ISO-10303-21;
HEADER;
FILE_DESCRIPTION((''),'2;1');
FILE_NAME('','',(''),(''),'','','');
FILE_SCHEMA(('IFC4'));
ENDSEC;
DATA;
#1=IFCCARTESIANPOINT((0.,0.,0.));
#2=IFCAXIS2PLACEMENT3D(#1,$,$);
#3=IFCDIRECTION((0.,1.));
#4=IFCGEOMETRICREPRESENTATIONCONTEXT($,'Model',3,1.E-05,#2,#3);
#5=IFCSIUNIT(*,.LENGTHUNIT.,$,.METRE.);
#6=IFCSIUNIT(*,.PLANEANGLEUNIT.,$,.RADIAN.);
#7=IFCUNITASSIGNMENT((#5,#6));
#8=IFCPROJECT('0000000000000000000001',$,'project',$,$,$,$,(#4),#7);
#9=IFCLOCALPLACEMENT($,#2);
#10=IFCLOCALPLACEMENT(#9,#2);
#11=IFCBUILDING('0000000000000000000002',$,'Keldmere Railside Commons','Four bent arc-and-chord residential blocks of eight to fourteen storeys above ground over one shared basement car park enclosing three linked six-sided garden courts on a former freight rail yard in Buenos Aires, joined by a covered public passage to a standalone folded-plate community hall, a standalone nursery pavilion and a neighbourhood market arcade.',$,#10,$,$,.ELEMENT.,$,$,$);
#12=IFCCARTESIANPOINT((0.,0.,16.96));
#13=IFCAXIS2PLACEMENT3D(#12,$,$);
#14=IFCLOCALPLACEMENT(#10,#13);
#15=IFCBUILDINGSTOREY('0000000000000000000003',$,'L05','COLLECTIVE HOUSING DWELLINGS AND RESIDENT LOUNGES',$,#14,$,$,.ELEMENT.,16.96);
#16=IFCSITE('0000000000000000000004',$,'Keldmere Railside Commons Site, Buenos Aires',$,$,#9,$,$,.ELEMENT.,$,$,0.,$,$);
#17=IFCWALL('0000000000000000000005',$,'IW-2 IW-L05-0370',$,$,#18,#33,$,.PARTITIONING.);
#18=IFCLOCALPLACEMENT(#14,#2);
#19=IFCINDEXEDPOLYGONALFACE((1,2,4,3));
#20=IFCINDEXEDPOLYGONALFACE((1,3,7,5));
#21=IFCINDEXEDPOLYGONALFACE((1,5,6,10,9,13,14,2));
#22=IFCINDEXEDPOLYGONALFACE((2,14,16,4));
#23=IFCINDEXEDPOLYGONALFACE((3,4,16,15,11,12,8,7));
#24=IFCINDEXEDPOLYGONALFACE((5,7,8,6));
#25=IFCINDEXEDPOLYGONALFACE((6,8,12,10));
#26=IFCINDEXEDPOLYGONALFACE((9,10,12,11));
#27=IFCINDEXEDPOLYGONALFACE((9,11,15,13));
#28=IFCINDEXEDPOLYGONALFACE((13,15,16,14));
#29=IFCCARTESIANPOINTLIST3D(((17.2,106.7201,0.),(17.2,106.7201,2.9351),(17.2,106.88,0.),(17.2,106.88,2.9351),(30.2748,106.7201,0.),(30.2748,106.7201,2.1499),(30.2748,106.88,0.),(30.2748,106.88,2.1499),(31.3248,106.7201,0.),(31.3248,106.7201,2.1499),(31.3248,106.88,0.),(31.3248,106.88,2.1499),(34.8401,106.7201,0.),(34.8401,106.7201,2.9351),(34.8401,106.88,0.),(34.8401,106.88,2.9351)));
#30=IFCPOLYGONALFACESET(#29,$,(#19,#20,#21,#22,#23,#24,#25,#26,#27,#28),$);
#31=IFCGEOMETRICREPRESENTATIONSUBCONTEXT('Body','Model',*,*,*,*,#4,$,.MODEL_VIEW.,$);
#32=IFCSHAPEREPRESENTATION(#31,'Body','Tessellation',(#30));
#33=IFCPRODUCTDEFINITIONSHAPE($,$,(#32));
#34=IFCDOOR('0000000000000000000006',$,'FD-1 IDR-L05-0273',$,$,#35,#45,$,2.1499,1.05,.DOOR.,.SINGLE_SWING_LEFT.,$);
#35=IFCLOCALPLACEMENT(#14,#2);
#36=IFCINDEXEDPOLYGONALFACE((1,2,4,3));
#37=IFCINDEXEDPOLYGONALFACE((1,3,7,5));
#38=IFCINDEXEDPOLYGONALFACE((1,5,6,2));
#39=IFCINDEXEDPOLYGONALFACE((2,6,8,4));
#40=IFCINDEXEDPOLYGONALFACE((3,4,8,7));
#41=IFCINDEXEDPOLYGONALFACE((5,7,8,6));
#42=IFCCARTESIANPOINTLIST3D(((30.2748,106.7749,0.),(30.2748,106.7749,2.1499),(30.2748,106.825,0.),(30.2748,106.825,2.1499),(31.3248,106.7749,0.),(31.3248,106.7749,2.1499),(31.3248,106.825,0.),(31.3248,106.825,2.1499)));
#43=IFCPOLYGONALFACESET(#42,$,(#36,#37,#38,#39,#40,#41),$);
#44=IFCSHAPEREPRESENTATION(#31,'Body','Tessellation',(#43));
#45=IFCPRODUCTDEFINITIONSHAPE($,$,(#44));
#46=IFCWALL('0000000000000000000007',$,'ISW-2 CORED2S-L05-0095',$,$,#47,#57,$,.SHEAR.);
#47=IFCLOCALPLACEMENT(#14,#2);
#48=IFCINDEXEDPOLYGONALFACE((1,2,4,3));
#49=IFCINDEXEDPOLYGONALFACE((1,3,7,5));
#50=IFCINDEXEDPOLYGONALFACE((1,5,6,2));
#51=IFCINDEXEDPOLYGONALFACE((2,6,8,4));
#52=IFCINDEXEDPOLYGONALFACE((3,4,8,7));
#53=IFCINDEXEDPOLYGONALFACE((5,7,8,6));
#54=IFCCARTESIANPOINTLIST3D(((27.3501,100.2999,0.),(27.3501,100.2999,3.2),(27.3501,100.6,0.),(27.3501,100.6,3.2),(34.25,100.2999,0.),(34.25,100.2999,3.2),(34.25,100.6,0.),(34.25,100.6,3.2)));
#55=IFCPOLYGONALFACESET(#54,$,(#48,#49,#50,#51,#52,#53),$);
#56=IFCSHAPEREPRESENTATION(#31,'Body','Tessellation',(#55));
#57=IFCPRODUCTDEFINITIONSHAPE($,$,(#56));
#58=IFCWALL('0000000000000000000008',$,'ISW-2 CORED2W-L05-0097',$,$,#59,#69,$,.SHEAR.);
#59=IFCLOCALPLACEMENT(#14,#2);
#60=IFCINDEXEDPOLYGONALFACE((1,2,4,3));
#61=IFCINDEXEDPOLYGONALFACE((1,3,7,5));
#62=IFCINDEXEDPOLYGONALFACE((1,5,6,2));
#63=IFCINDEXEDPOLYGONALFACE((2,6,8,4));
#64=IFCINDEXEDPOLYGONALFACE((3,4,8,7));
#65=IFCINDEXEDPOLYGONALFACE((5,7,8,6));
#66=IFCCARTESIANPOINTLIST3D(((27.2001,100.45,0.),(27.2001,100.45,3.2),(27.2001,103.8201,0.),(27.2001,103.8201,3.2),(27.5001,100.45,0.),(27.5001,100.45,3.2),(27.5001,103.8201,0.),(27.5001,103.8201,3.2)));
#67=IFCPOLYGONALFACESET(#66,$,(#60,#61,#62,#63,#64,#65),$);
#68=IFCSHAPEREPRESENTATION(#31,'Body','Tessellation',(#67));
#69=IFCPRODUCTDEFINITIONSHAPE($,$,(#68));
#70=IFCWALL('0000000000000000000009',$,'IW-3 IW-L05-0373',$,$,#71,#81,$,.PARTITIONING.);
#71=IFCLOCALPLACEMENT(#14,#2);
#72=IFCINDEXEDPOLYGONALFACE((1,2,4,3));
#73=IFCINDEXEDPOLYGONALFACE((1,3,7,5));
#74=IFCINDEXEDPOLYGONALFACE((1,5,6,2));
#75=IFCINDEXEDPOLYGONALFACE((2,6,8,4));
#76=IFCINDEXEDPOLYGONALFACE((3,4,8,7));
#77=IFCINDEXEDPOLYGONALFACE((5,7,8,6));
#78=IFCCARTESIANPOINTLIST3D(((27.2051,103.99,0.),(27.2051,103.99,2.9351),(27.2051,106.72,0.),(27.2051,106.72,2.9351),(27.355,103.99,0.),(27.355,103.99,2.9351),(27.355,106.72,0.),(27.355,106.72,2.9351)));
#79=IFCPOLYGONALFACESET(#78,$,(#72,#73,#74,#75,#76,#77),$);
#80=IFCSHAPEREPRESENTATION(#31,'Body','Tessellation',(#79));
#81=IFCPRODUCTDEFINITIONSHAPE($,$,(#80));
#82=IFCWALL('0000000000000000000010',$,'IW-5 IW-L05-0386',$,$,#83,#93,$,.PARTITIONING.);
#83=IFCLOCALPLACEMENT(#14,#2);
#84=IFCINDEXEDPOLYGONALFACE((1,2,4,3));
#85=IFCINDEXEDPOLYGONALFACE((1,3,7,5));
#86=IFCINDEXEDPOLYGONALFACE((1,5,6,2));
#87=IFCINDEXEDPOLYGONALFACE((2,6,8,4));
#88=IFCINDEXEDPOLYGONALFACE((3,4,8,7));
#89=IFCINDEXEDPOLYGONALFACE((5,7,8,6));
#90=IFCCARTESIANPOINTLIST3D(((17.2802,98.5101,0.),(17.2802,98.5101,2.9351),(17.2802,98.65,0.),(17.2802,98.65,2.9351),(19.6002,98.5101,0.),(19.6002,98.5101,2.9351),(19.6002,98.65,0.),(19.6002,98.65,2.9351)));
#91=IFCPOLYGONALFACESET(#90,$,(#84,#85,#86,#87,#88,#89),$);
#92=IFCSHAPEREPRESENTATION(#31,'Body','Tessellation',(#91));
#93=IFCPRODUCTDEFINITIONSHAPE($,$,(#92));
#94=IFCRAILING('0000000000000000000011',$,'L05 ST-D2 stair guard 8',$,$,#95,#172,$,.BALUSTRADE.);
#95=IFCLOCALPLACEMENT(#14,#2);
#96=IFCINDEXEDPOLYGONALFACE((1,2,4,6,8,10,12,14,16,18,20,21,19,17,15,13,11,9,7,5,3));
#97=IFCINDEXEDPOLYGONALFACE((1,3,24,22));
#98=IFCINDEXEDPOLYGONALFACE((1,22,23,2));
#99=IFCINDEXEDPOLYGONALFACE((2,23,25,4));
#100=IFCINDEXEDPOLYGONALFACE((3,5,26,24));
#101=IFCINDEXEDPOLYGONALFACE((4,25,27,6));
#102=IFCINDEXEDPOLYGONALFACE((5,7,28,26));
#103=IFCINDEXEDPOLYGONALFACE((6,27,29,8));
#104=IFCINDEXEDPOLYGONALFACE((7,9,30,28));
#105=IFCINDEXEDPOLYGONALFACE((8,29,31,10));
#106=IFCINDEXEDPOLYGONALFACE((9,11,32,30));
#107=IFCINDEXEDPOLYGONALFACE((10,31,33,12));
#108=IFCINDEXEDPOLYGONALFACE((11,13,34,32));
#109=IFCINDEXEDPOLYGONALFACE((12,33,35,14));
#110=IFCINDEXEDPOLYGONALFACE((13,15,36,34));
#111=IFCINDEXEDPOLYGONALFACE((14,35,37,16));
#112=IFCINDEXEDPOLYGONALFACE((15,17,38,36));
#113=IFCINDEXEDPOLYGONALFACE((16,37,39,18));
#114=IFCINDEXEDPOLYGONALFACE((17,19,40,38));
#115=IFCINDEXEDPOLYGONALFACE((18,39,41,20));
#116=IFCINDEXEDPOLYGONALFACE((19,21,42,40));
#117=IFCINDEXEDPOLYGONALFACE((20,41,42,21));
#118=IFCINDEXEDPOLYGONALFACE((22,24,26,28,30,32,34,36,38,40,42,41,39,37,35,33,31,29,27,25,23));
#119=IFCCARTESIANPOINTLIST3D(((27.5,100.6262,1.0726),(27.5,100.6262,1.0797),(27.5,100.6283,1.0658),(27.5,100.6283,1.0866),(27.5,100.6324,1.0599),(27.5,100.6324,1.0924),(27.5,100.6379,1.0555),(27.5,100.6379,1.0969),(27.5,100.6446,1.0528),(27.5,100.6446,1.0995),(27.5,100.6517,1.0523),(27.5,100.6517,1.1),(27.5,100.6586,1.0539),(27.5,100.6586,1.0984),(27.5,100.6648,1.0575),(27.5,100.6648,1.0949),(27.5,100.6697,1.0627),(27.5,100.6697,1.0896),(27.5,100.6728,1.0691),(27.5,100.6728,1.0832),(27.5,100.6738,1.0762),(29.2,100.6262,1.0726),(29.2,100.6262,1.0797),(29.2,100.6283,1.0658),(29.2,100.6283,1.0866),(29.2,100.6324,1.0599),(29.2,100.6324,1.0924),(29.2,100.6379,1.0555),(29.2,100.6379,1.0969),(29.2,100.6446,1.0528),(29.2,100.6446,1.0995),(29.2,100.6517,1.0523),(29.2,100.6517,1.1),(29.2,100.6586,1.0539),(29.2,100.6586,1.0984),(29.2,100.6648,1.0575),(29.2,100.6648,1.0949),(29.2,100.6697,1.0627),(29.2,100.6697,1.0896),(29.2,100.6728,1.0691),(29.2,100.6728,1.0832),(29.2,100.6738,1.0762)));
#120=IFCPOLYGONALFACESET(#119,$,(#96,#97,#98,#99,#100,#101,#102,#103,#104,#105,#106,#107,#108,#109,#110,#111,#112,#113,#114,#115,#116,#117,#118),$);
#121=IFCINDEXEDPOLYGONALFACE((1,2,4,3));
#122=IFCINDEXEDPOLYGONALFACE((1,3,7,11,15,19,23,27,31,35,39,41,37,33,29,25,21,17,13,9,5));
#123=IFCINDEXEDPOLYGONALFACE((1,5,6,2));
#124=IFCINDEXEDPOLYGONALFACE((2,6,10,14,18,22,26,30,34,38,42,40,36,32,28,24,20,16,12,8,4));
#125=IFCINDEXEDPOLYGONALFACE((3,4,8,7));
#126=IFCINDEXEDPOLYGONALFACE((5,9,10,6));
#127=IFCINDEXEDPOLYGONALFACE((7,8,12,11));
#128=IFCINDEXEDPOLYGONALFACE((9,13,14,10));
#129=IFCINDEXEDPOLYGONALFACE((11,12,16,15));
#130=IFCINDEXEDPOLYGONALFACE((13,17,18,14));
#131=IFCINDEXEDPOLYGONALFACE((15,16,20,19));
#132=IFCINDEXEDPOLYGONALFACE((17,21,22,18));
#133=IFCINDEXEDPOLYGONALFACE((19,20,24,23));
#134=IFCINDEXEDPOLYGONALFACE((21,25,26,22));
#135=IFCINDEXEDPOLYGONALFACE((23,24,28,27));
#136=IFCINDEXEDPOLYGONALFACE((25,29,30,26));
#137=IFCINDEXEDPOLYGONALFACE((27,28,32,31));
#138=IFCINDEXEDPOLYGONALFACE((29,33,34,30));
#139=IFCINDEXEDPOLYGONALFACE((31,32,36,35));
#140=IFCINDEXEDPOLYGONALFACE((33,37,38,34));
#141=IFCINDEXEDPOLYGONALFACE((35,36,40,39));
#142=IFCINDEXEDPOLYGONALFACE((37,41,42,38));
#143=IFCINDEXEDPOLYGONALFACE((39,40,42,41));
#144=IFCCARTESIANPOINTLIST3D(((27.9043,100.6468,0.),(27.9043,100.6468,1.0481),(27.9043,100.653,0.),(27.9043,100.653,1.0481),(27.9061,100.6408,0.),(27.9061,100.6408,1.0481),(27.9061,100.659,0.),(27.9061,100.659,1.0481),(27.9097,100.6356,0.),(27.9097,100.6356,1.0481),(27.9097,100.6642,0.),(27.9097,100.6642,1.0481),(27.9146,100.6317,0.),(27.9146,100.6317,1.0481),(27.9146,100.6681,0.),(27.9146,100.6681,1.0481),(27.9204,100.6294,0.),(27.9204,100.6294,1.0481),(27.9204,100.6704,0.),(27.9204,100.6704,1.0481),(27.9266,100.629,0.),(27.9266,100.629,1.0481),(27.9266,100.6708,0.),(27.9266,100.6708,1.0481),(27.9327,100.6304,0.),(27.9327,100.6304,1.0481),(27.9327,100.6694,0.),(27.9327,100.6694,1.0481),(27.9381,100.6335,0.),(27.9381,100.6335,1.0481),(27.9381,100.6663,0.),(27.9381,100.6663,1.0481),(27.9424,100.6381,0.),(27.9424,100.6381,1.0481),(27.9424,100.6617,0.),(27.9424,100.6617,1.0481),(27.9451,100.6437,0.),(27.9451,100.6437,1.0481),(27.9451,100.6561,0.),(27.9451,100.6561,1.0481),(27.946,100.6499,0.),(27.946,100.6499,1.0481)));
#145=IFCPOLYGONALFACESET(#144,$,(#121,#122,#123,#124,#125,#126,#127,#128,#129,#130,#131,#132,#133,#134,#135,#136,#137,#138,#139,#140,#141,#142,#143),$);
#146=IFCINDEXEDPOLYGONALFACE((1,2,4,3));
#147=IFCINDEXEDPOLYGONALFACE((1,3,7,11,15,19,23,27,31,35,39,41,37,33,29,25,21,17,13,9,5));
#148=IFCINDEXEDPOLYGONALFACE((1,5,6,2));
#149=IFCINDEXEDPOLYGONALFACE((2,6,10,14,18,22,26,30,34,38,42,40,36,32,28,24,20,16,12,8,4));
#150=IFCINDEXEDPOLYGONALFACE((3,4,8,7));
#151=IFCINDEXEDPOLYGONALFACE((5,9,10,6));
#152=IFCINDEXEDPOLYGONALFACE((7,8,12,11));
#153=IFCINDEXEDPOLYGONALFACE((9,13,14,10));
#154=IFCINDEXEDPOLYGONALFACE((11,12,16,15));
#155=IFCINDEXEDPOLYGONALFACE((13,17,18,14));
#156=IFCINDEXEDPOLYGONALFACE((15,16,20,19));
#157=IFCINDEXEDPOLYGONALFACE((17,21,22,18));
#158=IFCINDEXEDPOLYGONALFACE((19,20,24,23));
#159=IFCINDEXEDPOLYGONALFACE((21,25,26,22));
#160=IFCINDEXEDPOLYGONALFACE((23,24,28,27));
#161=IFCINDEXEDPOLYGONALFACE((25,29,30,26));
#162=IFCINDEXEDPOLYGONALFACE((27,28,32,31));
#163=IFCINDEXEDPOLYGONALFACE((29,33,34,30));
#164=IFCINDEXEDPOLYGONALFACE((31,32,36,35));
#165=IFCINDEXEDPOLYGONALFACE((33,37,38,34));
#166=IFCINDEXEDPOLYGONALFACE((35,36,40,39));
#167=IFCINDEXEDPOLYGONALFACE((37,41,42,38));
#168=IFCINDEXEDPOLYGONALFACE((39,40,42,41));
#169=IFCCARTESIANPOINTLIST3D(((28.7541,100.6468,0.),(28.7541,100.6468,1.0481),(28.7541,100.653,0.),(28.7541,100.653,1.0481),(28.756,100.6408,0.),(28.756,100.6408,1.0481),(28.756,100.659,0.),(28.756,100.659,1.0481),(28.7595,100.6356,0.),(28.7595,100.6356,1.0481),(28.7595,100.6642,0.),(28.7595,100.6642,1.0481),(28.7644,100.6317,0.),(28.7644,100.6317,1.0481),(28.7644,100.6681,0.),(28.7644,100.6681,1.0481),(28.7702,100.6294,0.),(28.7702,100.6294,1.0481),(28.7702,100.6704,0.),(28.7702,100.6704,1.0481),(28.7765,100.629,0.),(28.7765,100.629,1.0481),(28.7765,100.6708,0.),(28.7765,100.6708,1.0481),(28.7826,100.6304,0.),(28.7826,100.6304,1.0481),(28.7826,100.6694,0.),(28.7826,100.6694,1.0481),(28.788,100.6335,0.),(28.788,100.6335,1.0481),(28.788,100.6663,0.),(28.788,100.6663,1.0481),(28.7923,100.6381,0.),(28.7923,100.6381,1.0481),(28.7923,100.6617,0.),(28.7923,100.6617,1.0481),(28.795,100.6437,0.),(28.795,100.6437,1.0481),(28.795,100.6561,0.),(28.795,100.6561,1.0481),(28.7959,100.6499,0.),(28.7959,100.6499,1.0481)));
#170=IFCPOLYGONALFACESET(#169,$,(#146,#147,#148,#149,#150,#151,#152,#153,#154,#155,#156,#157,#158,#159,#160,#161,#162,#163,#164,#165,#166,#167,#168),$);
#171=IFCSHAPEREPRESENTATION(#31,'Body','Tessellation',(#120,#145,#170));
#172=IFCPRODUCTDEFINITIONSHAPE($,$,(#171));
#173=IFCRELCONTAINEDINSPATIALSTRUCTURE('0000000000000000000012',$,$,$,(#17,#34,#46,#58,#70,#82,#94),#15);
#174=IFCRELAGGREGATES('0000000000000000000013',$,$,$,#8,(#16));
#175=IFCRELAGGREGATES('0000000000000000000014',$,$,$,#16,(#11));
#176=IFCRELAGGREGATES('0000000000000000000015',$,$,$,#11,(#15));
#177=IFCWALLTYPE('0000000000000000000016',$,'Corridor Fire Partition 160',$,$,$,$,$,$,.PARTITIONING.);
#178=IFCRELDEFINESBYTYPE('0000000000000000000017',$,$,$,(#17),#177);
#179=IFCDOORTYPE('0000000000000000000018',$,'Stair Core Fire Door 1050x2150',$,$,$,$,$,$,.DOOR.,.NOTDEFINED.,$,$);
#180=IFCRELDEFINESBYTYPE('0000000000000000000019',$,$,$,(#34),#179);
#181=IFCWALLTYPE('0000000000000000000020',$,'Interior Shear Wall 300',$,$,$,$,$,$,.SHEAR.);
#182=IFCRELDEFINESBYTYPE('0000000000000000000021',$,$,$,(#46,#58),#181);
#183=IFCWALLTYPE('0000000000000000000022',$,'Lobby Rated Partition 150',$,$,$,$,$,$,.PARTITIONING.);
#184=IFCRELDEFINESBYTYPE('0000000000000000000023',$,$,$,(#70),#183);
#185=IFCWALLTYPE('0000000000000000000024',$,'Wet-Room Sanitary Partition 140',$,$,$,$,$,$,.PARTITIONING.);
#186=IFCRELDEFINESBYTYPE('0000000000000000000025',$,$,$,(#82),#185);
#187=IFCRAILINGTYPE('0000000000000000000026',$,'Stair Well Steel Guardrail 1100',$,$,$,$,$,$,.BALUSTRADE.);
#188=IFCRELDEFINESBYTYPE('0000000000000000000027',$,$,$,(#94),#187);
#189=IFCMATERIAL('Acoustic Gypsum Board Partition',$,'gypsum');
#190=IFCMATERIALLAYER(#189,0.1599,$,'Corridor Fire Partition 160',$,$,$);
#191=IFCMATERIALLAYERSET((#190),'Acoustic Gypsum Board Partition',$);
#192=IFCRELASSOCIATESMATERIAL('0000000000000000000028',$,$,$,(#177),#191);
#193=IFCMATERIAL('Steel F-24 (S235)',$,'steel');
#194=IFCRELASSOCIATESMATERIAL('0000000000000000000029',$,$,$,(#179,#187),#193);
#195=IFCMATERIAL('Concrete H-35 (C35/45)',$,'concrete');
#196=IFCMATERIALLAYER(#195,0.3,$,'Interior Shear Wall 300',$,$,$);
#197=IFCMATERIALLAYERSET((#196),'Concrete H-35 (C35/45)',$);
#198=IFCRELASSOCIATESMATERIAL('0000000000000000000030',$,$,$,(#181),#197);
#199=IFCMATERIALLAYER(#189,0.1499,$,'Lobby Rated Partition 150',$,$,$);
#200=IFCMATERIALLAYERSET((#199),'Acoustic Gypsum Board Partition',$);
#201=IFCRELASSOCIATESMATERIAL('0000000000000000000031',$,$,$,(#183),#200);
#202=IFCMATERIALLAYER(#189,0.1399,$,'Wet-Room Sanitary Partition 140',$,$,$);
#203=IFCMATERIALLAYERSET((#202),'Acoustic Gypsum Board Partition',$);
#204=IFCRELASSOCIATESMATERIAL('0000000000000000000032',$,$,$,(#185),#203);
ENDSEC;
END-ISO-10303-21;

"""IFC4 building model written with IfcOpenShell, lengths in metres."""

from ifc_helpers import new_model, si_unit, direction, frame, frame_2d, origin, origin_2d, place, context, subcontext, project, spatial, rectangle, circle, extrude, material, layer, layer_set, type_object, element, fill, save


model = new_model("IFC4")

# Units and contexts
model_context = context("Model", 3, precision=1e-05, world=origin(), true_north=direction((0.0, 1.0)))
body_context = subcontext(model_context, "Body", "Model", "MODEL_VIEW")
ifc_project = project(units=[si_unit("LENGTHUNIT", "METRE"), si_unit("PLANEANGLEUNIT", "RADIAN")], contexts=[model_context])

# Site, building, storey
site_placement = place(None, origin())
site = spatial("IfcSite", under=ifc_project, at=site_placement, Name="Keldmere Railside Commons Site, Buenos Aires", CompositionType="ELEMENT", RefElevation=0.0)
building_placement = place(site_placement, origin())
building = spatial("IfcBuilding", under=site, at=building_placement, Name="Keldmere Railside Commons", Description="Four bent arc-and-chord residential blocks of eight to fourteen storeys above ground over one shared basement car park enclosing three linked six-sided garden courts on a former freight rail yard in Buenos Aires, joined by a covered public passage to a standalone folded-plate community hall, a standalone nursery pavilion and a neighbourhood market arcade.", CompositionType="ELEMENT")
storey_placement = place(building_placement, frame((0.0, 0.0, 16.96)))
storey = spatial("IfcBuildingStorey", under=building, at=storey_placement, Name="L05", Description="COLLECTIVE HOUSING DWELLINGS AND RESIDENT LOUNGES", CompositionType="ELEMENT", Elevation=16.96)

# Shared definitions
ifc_material_1 = material(Name="Concrete H-35 (C35/45)", Category="concrete")

# Shared definitions
ifc_material_2 = material(Name="Acoustic Gypsum Board Partition", Category="gypsum")

# Wall, opening, door
ifc_layer_1 = layer(ifc_material_2, 0.1599, Name="Corridor Fire Partition 160")
ifc_layer_set_1 = layer_set([ifc_layer_1], Name="Acoustic Gypsum Board Partition")
wall_type_1 = type_object("IfcWallType", Name="Corridor Fire Partition 160", PredefinedType="PARTITIONING", material=ifc_layer_set_1)
wall_1_placement = place(storey_placement, frame((17.2, 106.8, 0.0), z_axis=(0.0, 0.0, 1.0), x_axis=(1.0, 0.0, 0.0)))
wall_1 = element("IfcWall", 1, at=wall_1_placement, inside=storey, type_object=wall_type_1, Name="IW-2 IW-L05-0370", PredefinedType="PARTITIONING", context=body_context, shape_type="SweptSolid", body=[
    extrude(rectangle(XDim=17.6401, YDim=0.1599, at=frame_2d((8.8201, 0.0))), origin(), (0.0, 0.0, 1.0), 2.9351),
])
opening_1_placement = place(wall_1_placement, frame((13.075, 0.0, 0.0)))
opening_1 = element("IfcOpeningElement", 2, at=opening_1_placement, cuts=wall_1, PredefinedType="OPENING", context=body_context, shape_type="SweptSolid", body=[
    extrude(rectangle(XDim=1.05, YDim=2.1499, at=frame_2d((0.5249, 1.075))), frame((0.0, 0.0898, 0.0), z_axis=(0.0, -1.0, 0.0), x_axis=(1.0, 0.0, 0.0)), (0.0, 0.0, 1.0), 0.1799),
])
ifc_material_3 = material(Name="Steel F-24 (S235)", Category="steel")
door_type_1 = type_object("IfcDoorType", Name="Stair Core Fire Door 1050x2150", OperationType="NOTDEFINED", PredefinedType="DOOR", material=ifc_material_3)
door_1_placement = place(opening_1_placement, origin())
door_1 = element("IfcDoor", 3, at=door_1_placement, inside=storey, type_object=door_type_1, Name="FD-1 IDR-L05-0273", OperationType="SINGLE_SWING_LEFT", OverallHeight=2.1499, OverallWidth=1.05, PredefinedType="DOOR", context=body_context, shape_type="SweptSolid", body=[
    extrude(rectangle(XDim=1.05, YDim=2.1499, at=frame_2d((0.5249, 1.075))), frame((0.0, 0.0249, 0.0), z_axis=(0.0, -1.0, 0.0), x_axis=(1.0, 0.0, 0.0)), (0.0, 0.0, 1.0), 0.05),
])
fill(opening_1, door_1)

# Walls
ifc_layer_2 = layer(ifc_material_1, 0.3, Name="Interior Shear Wall 300")
ifc_layer_set_2 = layer_set([ifc_layer_2], Name="Concrete H-35 (C35/45)")
wall_type_2 = type_object("IfcWallType", Name="Interior Shear Wall 300", PredefinedType="SHEAR", material=ifc_layer_set_2)
wall_2_placement = place(storey_placement, frame((27.3501, 100.45, 0.0), z_axis=(0.0, 0.0, 1.0), x_axis=(1.0, 0.0, 0.0)))
element("IfcWall", 4, at=wall_2_placement, inside=storey, type_object=wall_type_2, Name="ISW-2 CORED2S-L05-0095", PredefinedType="SHEAR", context=body_context, shape_type="SweptSolid", body=[
    extrude(rectangle(XDim=6.8999, YDim=0.3, at=frame_2d((3.45, 0.0))), origin(), (0.0, 0.0, 1.0), 3.2),
])
wall_3_placement = place(storey_placement, frame((27.3501, 103.8201, 0.0), z_axis=(0.0, 0.0, 1.0), x_axis=(0.0, -1.0, 0.0)))
element("IfcWall", 5, at=wall_3_placement, inside=storey, type_object=wall_type_2, Name="ISW-2 CORED2W-L05-0097", PredefinedType="SHEAR", context=body_context, shape_type="SweptSolid", body=[
    extrude(rectangle(XDim=3.3701, YDim=0.3, at=frame_2d((1.6851, 0.0))), origin(), (0.0, 0.0, 1.0), 3.2),
])
ifc_layer_3 = layer(ifc_material_2, 0.1499, Name="Lobby Rated Partition 150")
ifc_layer_set_3 = layer_set([ifc_layer_3], Name="Acoustic Gypsum Board Partition")
wall_type_3 = type_object("IfcWallType", Name="Lobby Rated Partition 150", PredefinedType="PARTITIONING", material=ifc_layer_set_3)
wall_4_placement = place(storey_placement, frame((27.28, 103.99, 0.0), z_axis=(0.0, 0.0, 1.0), x_axis=(0.0, 1.0, 0.0)))
element("IfcWall", 6, at=wall_4_placement, inside=storey, type_object=wall_type_3, Name="IW-3 IW-L05-0373", PredefinedType="PARTITIONING", context=body_context, shape_type="SweptSolid", body=[
    extrude(rectangle(XDim=2.73, YDim=0.1499, at=frame_2d((1.365, 0.0))), origin(), (0.0, 0.0, 1.0), 2.9351),
])
ifc_layer_4 = layer(ifc_material_2, 0.1399, Name="Wet-Room Sanitary Partition 140")
ifc_layer_set_4 = layer_set([ifc_layer_4], Name="Acoustic Gypsum Board Partition")
wall_type_4 = type_object("IfcWallType", Name="Wet-Room Sanitary Partition 140", PredefinedType="PARTITIONING", material=ifc_layer_set_4)
wall_5_placement = place(storey_placement, frame((17.28, 98.5801, 0.0), z_axis=(0.0, 0.0, 1.0), x_axis=(1.0, 0.0, 0.0)))
element("IfcWall", 7, at=wall_5_placement, inside=storey, type_object=wall_type_4, Name="IW-5 IW-L05-0386", PredefinedType="PARTITIONING", context=body_context, shape_type="SweptSolid", body=[
    extrude(rectangle(XDim=2.3201, YDim=0.1399, at=frame_2d((1.1602, 0.0))), origin(), (0.0, 0.0, 1.0), 2.9351),
])

# Railing
railing_type = type_object("IfcRailingType", Name="Stair Well Steel Guardrail 1100", PredefinedType="BALUSTRADE", material=ifc_material_3)
for number, where, name in (
    (8, (27.5, 100.6499, 0.0), "L05 ST-D2 stair guard 8"),
):
    element("IfcRailing", number, at=place(storey_placement, frame(where)), inside=storey, type_object=railing_type, Name=name, PredefinedType="BALUSTRADE", context=body_context, shape_type="SweptSolid", body=[
        extrude(circle(Radius=0.0239, at=origin_2d()), frame((0.0, 0.0, 1.0762), z_axis=(1.0, 0.0, 0.0), x_axis=(0.0, 1.0, 0.0)), (0.0, 0.0, 1.0), 1.7),
        extrude(circle(Radius=0.021, at=origin_2d()), frame((0.425, 0.0, 0.0)), (0.0, 0.0, 1.0), 1.0481),
        extrude(circle(Radius=0.021, at=origin_2d()), frame((1.2749, 0.0, 0.0)), (0.0, 0.0, 1.0), 1.0481),
    ])

save(model, "model.ifc")
